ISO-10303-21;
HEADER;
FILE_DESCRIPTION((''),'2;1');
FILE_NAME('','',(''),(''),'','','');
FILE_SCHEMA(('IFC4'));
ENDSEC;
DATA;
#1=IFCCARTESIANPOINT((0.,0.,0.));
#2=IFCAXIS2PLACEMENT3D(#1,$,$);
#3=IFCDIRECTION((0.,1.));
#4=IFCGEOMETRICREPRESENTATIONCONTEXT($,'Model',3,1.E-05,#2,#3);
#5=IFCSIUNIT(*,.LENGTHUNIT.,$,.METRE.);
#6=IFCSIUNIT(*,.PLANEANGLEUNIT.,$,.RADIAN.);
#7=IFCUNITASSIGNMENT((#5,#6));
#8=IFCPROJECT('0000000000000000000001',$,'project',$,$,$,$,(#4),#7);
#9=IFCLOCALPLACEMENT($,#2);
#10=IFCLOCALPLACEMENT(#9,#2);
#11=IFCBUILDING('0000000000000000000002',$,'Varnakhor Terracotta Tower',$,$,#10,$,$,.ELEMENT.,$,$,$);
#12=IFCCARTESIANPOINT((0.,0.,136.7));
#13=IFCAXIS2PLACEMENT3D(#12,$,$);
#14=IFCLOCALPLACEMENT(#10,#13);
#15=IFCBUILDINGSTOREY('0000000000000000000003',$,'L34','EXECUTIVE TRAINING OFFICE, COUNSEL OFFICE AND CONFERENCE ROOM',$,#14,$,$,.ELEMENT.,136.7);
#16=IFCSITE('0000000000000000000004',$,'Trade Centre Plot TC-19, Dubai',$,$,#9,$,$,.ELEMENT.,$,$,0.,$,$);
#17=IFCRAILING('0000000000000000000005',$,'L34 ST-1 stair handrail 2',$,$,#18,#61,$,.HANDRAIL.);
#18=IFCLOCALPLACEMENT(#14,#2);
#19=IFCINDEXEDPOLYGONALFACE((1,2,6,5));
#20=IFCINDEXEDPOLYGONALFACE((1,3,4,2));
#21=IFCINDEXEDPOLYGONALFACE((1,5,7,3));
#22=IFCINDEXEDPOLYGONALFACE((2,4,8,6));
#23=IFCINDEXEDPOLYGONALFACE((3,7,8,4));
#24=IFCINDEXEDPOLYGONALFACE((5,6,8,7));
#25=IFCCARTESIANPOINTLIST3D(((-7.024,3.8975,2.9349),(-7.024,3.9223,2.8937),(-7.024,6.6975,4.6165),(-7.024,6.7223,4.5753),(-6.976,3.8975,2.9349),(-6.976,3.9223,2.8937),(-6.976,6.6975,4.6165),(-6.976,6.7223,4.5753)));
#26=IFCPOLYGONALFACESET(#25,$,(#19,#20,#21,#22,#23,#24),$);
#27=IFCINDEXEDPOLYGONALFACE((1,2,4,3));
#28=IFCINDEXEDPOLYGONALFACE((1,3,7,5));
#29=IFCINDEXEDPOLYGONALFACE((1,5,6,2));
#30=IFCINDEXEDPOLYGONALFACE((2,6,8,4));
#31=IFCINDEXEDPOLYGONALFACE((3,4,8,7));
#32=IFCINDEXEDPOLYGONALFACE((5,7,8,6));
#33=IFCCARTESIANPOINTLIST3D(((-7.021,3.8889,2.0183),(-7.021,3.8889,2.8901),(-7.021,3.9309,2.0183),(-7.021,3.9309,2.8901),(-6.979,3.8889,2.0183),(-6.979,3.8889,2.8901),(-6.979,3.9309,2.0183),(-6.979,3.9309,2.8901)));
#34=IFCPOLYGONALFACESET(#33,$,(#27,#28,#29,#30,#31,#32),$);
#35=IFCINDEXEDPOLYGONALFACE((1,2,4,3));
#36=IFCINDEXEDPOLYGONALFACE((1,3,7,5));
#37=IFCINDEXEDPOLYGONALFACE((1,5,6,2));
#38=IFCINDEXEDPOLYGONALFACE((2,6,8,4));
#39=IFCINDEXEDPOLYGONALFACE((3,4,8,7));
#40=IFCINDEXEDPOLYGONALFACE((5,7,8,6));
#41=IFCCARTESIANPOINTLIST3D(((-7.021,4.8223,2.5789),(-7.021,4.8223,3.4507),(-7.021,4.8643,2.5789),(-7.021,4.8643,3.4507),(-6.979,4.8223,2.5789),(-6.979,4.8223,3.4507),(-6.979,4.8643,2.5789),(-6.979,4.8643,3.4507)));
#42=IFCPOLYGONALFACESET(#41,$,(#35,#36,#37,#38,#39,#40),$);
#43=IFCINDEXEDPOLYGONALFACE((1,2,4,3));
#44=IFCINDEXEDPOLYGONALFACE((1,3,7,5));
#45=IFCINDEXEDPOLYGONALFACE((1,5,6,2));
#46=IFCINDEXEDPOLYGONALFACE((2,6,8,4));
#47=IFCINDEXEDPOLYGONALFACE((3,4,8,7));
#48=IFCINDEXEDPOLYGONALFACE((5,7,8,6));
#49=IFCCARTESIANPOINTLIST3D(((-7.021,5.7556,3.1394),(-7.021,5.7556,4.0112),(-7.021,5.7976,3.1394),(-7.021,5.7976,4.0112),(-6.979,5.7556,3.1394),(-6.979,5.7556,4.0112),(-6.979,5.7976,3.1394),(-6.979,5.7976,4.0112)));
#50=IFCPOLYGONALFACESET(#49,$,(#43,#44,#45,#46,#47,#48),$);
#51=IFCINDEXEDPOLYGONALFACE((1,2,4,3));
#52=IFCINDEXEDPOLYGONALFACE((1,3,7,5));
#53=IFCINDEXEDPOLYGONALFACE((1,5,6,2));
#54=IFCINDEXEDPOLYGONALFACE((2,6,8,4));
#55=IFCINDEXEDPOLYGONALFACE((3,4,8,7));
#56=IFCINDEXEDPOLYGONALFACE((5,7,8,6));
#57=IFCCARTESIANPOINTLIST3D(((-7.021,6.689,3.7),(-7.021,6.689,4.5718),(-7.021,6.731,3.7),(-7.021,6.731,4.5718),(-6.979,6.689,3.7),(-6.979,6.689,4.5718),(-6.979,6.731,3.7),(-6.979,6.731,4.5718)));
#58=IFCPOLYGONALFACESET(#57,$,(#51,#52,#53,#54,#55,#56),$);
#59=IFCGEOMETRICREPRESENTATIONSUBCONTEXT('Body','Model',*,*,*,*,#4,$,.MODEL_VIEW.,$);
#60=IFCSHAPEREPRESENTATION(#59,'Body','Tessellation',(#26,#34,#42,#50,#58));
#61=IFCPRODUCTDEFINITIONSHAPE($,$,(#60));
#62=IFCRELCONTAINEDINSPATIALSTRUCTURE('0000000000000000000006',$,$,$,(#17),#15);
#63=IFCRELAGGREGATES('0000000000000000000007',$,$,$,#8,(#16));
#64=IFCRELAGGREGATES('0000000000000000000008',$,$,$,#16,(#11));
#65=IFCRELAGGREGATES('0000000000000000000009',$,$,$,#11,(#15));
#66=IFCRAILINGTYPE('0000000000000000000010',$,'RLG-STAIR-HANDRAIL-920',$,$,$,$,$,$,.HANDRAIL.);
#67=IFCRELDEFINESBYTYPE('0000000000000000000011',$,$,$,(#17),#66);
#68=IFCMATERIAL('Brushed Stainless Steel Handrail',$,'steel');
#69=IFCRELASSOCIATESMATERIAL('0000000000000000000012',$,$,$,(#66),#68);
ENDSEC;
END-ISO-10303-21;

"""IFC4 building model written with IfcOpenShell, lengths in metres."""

from ifc_helpers import new_model, si_unit, direction, frame, origin, origin_2d, place, context, subcontext, project, spatial, rectangle, extrude, material, type_object, element, save


model = new_model("IFC4")

# Units and contexts
model_context = context("Model", 3, precision=1e-05, world=origin(), true_north=direction((0.0, 1.0)))
body_context = subcontext(model_context, "Body", "Model", "MODEL_VIEW")
ifc_project = project(units=[si_unit("LENGTHUNIT", "METRE"), si_unit("PLANEANGLEUNIT", "RADIAN")], contexts=[model_context])

# Site, building, storey
site_placement = place(None, origin())
site = spatial("IfcSite", under=ifc_project, at=site_placement, Name="Trade Centre Plot TC-19, Dubai", CompositionType="ELEMENT", RefElevation=0.0)
building_placement = place(site_placement, origin())
building = spatial("IfcBuilding", under=site, at=building_placement, Name="Varnakhor Terracotta Tower", CompositionType="ELEMENT")
storey_placement = place(building_placement, frame((0.0, 0.0, 136.7)))
storey = spatial("IfcBuildingStorey", under=building, at=storey_placement, Name="L34", Description="EXECUTIVE TRAINING OFFICE, COUNSEL OFFICE AND CONFERENCE ROOM", CompositionType="ELEMENT", Elevation=136.7)

# Railing
ifc_material_1 = material(Name="Brushed Stainless Steel Handrail", Category="steel")
railing_type_1 = type_object("IfcRailingType", Name="RLG-STAIR-HANDRAIL-920", PredefinedType="HANDRAIL", material=ifc_material_1)
railing_1_placement = place(storey_placement, frame((-7.0, 3.9099, 2.0183)))
element("IfcRailing", 1, at=railing_1_placement, inside=storey, type_object=railing_type_1, Name="L34 ST-1 stair handrail 2", PredefinedType="HANDRAIL", context=body_context, shape_type="SweptSolid", body=[
    extrude(rectangle(XDim=0.0481, YDim=0.0481, at=origin_2d()), frame((0.0, 0.0, 0.896), z_axis=(0.0, 0.857275, 0.514858), x_axis=(-1.0, 0.0, 0.0)), (0.0, 0.0, 1.0), 3.2661),
    extrude(rectangle(XDim=0.042, YDim=0.042, at=origin_2d()), origin(), (0.0, 0.0, 1.0), 0.8718),
    extrude(rectangle(XDim=0.042, YDim=0.042, at=origin_2d()), frame((0.0, 0.9333, 0.5605)), (0.0, 0.0, 1.0), 0.8718),
    extrude(rectangle(XDim=0.042, YDim=0.042, at=origin_2d()), frame((0.0, 1.8667, 1.1211)), (0.0, 0.0, 1.0), 0.8718),
    extrude(rectangle(XDim=0.042, YDim=0.042, at=origin_2d()), frame((0.0, 2.8, 1.6816)), (0.0, 0.0, 1.0), 0.8718),
])

save(model, "model.ifc")
